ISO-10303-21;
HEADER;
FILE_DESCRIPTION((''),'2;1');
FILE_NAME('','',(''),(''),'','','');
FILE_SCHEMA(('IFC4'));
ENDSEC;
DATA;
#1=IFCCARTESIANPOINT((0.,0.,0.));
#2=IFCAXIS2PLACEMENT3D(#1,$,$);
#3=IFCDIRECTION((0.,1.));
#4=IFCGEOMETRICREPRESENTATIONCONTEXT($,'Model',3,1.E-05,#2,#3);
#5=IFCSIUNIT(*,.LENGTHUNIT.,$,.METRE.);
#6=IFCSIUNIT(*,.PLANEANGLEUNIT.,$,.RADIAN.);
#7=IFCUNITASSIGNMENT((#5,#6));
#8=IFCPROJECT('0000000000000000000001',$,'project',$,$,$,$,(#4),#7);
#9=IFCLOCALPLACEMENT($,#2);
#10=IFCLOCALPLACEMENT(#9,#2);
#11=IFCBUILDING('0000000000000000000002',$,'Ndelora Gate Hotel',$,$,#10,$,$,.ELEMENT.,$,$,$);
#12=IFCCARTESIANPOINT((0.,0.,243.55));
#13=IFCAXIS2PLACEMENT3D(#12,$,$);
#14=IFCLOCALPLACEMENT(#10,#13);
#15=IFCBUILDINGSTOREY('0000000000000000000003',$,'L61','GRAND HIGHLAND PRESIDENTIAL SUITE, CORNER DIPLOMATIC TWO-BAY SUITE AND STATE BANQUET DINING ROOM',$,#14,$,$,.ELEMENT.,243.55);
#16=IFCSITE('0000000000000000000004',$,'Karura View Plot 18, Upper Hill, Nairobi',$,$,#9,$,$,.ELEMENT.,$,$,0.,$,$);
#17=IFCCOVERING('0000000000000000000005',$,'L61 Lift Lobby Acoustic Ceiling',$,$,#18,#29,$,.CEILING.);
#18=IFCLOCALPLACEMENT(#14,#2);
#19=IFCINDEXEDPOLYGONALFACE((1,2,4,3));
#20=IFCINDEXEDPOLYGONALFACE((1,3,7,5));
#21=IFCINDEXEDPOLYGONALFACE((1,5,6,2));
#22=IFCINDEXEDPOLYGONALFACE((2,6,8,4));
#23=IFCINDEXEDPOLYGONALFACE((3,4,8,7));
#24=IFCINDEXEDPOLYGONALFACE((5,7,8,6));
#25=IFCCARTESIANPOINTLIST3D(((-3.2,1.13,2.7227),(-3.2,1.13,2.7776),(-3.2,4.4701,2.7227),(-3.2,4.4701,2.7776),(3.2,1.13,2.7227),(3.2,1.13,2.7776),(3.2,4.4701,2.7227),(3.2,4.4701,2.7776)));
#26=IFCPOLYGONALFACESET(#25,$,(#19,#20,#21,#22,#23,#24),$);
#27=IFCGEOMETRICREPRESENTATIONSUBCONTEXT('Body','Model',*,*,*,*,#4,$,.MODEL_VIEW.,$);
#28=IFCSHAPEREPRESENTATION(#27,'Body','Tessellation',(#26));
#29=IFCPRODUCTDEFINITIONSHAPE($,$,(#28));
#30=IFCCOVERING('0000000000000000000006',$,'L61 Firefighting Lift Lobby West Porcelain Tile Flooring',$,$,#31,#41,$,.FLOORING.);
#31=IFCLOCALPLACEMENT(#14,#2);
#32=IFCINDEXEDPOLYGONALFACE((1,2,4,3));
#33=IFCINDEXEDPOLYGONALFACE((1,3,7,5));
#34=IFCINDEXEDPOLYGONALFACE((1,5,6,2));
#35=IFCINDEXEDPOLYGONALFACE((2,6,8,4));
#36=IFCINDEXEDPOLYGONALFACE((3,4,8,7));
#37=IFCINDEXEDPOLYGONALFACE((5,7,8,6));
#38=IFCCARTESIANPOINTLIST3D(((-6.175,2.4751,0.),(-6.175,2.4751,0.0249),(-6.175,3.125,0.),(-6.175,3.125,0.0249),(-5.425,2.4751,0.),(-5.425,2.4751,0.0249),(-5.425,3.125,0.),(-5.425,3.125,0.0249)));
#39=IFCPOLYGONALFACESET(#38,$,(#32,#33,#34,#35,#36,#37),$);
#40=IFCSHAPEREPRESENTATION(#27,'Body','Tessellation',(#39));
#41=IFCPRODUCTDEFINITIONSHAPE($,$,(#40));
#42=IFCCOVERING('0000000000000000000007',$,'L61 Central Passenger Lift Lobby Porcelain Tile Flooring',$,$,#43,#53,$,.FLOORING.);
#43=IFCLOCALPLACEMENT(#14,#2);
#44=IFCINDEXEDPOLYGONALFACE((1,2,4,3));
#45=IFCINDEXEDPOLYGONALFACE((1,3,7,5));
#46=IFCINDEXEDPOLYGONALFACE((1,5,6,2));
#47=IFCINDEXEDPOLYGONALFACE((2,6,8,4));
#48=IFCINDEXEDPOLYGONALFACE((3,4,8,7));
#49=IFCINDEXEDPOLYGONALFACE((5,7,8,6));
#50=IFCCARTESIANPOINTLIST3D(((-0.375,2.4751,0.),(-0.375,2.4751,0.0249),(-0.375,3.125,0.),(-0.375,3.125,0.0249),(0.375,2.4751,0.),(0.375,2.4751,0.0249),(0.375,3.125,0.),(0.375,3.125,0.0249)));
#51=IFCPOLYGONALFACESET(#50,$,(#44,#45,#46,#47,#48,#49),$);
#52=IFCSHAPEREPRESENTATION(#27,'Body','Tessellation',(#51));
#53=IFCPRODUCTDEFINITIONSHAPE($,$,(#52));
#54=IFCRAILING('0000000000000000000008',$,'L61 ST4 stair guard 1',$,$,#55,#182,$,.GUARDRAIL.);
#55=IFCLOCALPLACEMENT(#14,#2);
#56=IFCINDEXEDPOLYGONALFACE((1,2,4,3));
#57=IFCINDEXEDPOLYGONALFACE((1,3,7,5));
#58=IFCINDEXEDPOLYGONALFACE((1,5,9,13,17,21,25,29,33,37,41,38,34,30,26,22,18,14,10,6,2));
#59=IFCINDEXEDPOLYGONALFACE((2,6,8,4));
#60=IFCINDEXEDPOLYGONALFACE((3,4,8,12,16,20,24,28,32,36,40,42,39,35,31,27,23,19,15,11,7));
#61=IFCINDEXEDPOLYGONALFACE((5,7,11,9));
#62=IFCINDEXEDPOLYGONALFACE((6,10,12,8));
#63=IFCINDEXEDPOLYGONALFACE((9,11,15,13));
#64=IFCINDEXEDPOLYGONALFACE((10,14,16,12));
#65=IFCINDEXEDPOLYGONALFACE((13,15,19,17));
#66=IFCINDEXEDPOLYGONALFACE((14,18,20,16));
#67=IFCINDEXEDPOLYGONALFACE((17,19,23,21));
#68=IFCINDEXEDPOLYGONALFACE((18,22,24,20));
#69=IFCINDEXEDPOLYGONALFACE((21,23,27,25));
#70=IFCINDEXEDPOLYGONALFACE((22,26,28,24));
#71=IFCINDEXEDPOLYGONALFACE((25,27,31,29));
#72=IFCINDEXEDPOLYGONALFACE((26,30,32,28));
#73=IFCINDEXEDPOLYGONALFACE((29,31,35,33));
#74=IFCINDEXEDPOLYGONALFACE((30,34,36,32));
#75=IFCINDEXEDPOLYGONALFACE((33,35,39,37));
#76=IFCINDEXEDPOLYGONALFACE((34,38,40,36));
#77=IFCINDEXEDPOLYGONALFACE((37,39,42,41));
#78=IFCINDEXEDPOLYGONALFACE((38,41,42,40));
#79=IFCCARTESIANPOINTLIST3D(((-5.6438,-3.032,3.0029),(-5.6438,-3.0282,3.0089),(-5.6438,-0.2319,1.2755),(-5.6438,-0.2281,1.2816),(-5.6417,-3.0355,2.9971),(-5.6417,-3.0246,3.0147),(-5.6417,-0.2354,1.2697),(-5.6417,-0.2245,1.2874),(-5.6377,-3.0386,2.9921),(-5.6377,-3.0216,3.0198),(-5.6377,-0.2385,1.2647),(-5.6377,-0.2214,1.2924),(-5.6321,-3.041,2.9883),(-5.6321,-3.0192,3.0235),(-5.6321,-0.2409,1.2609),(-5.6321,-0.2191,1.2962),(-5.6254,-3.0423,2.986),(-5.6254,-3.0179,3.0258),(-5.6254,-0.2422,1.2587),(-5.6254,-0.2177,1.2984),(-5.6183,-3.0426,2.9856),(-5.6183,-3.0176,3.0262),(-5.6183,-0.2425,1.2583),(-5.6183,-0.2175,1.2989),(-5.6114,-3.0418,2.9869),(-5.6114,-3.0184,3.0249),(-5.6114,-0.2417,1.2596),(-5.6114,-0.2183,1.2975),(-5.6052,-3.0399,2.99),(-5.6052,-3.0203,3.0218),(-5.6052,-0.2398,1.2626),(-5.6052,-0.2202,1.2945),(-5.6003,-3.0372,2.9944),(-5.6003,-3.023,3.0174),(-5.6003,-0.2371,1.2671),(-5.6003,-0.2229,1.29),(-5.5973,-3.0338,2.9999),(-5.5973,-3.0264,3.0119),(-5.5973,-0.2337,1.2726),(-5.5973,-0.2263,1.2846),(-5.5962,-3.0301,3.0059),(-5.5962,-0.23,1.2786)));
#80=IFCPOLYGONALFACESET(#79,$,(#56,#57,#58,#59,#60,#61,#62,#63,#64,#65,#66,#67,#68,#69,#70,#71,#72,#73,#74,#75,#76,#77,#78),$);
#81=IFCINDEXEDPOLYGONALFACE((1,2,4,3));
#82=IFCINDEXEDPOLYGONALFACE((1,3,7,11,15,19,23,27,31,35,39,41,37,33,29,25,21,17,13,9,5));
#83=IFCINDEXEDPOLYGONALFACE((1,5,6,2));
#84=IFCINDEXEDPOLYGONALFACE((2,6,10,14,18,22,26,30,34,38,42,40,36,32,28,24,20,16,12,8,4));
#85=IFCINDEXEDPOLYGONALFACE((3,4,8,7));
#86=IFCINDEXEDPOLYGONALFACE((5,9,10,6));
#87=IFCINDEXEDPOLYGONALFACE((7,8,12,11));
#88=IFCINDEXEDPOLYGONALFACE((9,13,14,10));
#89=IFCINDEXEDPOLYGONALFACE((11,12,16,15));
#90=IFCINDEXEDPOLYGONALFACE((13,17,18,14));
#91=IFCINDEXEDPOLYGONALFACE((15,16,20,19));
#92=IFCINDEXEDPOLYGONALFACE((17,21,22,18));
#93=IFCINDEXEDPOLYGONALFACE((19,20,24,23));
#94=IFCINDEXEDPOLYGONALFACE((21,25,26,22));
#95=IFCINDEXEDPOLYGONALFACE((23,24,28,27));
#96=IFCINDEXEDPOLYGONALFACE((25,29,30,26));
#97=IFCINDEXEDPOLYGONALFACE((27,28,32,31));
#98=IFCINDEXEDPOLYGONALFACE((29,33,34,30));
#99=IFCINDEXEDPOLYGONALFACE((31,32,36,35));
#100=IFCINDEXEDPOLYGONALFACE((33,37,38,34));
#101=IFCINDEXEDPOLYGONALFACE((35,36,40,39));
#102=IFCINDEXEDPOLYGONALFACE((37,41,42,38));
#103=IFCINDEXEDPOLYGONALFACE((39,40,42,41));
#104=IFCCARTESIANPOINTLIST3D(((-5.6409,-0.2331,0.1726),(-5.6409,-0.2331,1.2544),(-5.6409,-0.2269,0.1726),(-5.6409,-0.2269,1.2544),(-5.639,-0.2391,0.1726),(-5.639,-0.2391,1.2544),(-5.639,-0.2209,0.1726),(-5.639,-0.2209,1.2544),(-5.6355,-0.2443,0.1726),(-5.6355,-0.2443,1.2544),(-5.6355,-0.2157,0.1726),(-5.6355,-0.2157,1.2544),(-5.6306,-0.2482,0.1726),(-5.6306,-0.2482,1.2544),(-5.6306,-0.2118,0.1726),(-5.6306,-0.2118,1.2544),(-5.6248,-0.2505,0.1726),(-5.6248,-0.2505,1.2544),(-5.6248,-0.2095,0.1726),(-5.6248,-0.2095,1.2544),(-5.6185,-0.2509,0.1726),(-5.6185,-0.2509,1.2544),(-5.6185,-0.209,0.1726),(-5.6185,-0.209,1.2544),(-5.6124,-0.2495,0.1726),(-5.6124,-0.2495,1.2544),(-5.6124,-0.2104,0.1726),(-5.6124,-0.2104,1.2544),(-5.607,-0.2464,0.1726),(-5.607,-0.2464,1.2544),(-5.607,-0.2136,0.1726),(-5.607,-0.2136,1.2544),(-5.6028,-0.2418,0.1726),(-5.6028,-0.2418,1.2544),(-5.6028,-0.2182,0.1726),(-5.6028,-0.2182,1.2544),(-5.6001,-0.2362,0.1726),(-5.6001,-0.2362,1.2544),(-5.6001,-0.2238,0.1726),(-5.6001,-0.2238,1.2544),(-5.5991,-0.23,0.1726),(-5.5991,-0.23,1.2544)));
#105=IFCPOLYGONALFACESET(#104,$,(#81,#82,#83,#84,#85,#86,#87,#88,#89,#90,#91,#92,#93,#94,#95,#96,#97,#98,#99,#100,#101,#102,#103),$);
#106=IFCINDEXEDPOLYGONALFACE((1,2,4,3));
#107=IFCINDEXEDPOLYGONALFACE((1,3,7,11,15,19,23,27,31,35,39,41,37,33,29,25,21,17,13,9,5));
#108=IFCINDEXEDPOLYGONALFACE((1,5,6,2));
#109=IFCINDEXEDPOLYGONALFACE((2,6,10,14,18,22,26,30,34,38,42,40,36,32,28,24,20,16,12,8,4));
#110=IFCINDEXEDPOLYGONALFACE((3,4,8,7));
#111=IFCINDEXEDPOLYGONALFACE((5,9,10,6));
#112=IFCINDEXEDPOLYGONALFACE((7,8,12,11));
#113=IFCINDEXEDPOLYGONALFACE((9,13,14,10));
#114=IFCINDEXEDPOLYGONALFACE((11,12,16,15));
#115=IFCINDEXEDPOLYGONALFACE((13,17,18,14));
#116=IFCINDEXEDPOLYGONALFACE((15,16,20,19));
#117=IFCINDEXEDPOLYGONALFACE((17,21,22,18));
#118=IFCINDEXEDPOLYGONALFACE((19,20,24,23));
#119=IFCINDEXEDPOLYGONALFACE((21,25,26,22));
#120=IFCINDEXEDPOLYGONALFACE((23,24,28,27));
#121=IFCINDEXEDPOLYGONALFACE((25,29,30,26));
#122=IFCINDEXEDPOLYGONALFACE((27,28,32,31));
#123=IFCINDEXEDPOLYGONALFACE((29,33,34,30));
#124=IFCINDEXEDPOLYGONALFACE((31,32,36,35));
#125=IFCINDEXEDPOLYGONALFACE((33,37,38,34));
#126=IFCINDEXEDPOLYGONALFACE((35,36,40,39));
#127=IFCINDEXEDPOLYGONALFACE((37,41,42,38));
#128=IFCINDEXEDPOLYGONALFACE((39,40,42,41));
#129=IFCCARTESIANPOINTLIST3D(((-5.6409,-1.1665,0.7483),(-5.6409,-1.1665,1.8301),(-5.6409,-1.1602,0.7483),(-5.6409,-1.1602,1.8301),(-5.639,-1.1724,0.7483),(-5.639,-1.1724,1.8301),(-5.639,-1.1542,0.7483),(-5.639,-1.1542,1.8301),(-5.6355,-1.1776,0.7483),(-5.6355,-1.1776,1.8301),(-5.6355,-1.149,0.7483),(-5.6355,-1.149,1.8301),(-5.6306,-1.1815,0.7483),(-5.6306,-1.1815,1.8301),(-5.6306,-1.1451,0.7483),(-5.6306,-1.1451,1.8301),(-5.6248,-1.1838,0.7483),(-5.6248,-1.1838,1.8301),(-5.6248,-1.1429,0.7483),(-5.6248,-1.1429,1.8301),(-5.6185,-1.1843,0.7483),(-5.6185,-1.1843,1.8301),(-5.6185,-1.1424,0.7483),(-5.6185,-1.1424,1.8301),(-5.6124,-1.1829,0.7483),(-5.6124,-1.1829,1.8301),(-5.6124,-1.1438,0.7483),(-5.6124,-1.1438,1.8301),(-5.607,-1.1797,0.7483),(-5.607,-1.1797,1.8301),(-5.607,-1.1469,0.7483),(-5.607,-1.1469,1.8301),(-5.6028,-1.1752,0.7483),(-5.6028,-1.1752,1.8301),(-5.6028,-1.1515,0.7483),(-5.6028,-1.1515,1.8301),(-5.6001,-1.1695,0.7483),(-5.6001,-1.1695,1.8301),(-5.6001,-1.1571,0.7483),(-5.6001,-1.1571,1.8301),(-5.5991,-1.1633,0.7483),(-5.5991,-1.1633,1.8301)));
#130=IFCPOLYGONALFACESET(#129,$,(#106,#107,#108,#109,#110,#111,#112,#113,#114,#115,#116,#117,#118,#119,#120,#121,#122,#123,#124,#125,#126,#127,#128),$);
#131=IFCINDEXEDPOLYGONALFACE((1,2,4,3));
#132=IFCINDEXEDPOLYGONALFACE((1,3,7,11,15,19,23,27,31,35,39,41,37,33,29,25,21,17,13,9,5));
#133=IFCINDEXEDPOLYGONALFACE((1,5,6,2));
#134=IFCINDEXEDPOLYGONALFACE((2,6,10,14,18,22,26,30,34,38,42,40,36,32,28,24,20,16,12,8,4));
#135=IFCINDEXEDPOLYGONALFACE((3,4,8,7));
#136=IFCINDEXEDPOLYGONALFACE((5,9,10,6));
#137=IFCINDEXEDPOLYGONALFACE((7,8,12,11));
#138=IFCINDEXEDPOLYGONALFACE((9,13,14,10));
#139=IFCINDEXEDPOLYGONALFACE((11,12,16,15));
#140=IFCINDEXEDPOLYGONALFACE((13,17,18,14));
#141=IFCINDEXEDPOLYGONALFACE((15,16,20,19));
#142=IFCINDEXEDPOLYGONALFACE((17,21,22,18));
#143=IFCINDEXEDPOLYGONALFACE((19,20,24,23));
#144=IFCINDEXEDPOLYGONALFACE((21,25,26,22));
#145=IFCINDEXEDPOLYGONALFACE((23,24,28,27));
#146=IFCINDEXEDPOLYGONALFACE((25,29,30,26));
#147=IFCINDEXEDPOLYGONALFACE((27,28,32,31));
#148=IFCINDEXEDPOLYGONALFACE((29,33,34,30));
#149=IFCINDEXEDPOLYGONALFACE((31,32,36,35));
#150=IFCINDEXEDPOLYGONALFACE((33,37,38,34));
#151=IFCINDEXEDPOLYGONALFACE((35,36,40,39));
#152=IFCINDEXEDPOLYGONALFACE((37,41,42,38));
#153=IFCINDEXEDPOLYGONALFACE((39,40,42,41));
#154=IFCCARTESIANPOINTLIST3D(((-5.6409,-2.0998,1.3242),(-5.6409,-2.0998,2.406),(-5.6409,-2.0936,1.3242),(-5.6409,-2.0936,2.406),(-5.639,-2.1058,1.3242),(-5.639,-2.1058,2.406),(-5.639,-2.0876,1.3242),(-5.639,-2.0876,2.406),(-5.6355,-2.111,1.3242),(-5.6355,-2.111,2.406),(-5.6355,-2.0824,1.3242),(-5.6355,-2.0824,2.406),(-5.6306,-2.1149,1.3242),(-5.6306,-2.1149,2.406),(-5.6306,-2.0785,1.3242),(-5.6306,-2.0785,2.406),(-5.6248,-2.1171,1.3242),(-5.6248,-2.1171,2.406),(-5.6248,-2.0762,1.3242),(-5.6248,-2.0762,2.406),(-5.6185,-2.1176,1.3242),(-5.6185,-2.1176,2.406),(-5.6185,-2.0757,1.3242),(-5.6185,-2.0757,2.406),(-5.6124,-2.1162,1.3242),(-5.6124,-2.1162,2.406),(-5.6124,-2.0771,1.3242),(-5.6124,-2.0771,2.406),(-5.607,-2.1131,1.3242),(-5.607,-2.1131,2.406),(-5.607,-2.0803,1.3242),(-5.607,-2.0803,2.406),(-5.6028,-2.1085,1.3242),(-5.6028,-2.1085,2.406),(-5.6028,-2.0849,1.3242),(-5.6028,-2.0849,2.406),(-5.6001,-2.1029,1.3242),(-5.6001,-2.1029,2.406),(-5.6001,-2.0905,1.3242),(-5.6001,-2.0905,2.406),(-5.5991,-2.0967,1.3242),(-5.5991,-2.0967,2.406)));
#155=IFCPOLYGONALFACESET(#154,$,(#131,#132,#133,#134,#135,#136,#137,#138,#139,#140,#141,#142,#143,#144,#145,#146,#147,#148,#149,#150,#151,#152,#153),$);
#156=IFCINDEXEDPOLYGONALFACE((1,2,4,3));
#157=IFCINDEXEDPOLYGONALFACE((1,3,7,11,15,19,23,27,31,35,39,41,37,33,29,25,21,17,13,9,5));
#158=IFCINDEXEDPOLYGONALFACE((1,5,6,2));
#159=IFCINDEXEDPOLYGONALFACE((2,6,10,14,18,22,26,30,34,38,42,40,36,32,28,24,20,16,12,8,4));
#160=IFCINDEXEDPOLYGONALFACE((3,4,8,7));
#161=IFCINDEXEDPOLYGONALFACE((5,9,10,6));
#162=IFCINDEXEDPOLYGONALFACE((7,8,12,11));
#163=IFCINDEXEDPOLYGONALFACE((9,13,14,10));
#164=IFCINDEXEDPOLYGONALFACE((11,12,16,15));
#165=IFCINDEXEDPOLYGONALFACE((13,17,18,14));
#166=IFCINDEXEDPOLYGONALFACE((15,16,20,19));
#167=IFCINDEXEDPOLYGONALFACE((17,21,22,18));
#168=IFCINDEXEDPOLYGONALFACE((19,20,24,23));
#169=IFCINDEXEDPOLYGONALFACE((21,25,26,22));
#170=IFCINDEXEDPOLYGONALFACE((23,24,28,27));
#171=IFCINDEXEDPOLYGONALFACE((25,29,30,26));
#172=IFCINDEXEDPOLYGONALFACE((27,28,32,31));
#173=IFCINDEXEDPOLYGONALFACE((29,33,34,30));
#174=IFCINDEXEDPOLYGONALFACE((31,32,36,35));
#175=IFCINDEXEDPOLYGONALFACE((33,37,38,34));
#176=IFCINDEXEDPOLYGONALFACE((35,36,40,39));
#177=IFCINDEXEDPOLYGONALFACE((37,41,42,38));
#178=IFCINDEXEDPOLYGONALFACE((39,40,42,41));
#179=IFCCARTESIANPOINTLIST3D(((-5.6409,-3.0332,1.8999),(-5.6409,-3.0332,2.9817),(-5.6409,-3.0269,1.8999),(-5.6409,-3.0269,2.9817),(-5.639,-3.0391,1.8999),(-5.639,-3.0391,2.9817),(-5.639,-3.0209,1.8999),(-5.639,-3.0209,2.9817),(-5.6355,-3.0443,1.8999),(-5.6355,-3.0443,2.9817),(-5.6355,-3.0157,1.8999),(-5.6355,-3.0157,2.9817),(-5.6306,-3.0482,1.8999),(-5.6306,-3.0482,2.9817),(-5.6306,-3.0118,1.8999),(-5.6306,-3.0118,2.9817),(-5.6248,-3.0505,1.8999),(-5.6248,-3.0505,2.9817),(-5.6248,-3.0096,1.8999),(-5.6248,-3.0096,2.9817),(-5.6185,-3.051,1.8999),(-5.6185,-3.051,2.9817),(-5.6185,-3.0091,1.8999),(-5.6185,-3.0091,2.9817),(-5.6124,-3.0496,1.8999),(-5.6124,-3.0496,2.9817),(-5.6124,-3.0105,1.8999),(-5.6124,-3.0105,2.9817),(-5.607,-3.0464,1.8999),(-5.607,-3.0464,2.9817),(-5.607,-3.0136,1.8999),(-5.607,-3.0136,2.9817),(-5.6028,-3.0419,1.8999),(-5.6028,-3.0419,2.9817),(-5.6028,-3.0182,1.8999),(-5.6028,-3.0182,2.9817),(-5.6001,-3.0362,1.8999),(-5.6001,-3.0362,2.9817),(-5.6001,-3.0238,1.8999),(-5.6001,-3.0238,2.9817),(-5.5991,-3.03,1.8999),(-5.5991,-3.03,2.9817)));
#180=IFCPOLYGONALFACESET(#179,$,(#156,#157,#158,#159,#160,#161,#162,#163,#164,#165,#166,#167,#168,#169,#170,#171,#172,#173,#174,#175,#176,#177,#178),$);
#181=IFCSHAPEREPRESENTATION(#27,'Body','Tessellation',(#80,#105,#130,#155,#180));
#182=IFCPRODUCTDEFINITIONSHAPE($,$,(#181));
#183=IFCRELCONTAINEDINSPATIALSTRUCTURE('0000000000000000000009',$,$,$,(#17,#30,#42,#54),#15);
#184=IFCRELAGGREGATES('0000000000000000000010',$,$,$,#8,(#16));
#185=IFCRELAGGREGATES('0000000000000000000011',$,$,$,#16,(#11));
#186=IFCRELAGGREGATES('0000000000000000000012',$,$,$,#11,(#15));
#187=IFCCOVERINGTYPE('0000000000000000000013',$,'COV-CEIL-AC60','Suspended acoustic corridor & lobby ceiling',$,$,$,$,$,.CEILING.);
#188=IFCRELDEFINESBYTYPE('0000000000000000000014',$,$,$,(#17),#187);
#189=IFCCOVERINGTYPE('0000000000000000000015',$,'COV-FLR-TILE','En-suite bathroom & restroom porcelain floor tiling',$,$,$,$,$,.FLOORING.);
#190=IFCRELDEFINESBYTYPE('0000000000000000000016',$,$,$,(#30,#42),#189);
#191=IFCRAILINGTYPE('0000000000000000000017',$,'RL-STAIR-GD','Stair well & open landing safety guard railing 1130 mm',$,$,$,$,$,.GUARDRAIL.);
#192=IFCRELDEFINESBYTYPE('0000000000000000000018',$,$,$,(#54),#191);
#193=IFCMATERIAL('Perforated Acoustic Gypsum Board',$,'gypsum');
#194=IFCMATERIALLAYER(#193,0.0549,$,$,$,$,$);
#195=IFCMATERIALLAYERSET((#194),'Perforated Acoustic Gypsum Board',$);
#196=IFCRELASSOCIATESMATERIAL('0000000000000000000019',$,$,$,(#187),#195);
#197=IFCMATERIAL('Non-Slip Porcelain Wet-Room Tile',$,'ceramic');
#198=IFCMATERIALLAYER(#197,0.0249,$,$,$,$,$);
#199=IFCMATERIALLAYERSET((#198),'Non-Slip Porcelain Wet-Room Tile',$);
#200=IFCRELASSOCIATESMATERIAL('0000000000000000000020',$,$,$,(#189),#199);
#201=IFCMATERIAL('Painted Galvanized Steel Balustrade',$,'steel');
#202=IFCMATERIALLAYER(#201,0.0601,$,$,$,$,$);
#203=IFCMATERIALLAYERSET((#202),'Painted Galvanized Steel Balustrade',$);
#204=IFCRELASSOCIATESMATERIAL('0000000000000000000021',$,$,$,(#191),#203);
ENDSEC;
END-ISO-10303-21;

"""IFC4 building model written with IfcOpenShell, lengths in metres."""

from ifc_helpers import new_model, si_unit, direction, frame, origin, origin_2d, place, context, subcontext, project, spatial, rectangle, circle, extrude, material, layer, layer_set, type_object, element, save


model = new_model("IFC4")

# Units and contexts
model_context = context("Model", 3, precision=1e-05, world=origin(), true_north=direction((0.0, 1.0)))
body_context = subcontext(model_context, "Body", "Model", "MODEL_VIEW")
ifc_project = project(units=[si_unit("LENGTHUNIT", "METRE"), si_unit("PLANEANGLEUNIT", "RADIAN")], contexts=[model_context])

# Site, building, storey
site_placement = place(None, origin())
site = spatial("IfcSite", under=ifc_project, at=site_placement, Name="Karura View Plot 18, Upper Hill, Nairobi", CompositionType="ELEMENT", RefElevation=0.0)
building_placement = place(site_placement, origin())
building = spatial("IfcBuilding", under=site, at=building_placement, Name="Ndelora Gate Hotel", CompositionType="ELEMENT")
storey_placement = place(building_placement, frame((0.0, 0.0, 243.55)))
storey = spatial("IfcBuildingStorey", under=building, at=storey_placement, Name="L61", Description="GRAND HIGHLAND PRESIDENTIAL SUITE, CORNER DIPLOMATIC TWO-BAY SUITE AND STATE BANQUET DINING ROOM", CompositionType="ELEMENT", Elevation=243.55)

# Coverings
ifc_material_1 = material(Name="Perforated Acoustic Gypsum Board", Category="gypsum")
ifc_layer_1 = layer(ifc_material_1, 0.0549)
ifc_layer_set_1 = layer_set([ifc_layer_1], Name="Perforated Acoustic Gypsum Board")
covering_type_1 = type_object("IfcCoveringType", Name="COV-CEIL-AC60", Description="Suspended acoustic corridor & lobby ceiling", PredefinedType="CEILING", material=ifc_layer_set_1)
covering_placement = place(storey_placement, frame((0.0, 2.8, 2.7227), z_axis=(0.0, 0.0, 1.0), x_axis=(1.0, 0.0, 0.0)))
element("IfcCovering", 1, at=covering_placement, inside=storey, type_object=covering_type_1, Name="L61 Lift Lobby Acoustic Ceiling", PredefinedType="CEILING", context=body_context, shape_type="SweptSolid", body=[
    extrude(rectangle(XDim=6.3999, YDim=3.3401, at=origin_2d()), origin(), (0.0, 0.0, 1.0), 0.0549),
])
ifc_material_2 = material(Name="Non-Slip Porcelain Wet-Room Tile", Category="ceramic")
ifc_layer_2 = layer(ifc_material_2, 0.0249)
ifc_layer_set_2 = layer_set([ifc_layer_2], Name="Non-Slip Porcelain Wet-Room Tile")
covering_type_2 = type_object("IfcCoveringType", Name="COV-FLR-TILE", Description="En-suite bathroom & restroom porcelain floor tiling", PredefinedType="FLOORING", material=ifc_layer_set_2)
for number, where, z_axis, x_axis, name in (
    (2, (-5.8, 2.8, 0.0), (0.0, 0.0, 1.0), (1.0, 0.0, 0.0), "L61 Firefighting Lift Lobby West Porcelain Tile Flooring"),
    (3, (0.0, 2.8, 0.0), (0.0, 0.0, 1.0), (1.0, 0.0, 0.0), "L61 Central Passenger Lift Lobby Porcelain Tile Flooring"),
):
    element("IfcCovering", number, at=place(storey_placement, frame(where, z_axis=z_axis, x_axis=x_axis)), inside=storey, type_object=covering_type_2, Name=name, PredefinedType="FLOORING", context=body_context, shape_type="SweptSolid", body=[
        extrude(rectangle(XDim=0.75, YDim=0.6499, at=origin_2d()), origin(), (0.0, 0.0, 1.0), 0.0249),
    ])

# Railing
ifc_material_3 = material(Name="Painted Galvanized Steel Balustrade", Category="steel")
ifc_layer_3 = layer(ifc_material_3, 0.0601)
ifc_layer_set_3 = layer_set([ifc_layer_3], Name="Painted Galvanized Steel Balustrade")
railing_type = type_object("IfcRailingType", Name="RL-STAIR-GD", Description="Stair well & open landing safety guard railing 1130 mm", PredefinedType="GUARDRAIL", material=ifc_layer_set_3)
railing_1_placement = place(storey_placement, frame((-5.6201, -0.23, 0.1726)))
element("IfcRailing", 4, at=railing_1_placement, inside=storey, type_object=railing_type, Name="L61 ST4 stair guard 1", PredefinedType="GUARDRAIL", context=body_context, shape_type="SweptSolid", body=[
    extrude(circle(Radius=0.0239, at=origin_2d()), frame((0.0, 0.0, 1.106), z_axis=(0.0, -0.85109, 0.52502), x_axis=(1.0, 0.0, 0.0)), (0.0, 0.0, 1.0), 3.29),
    extrude(circle(Radius=0.021, at=origin_2d()), origin(), (0.0, 0.0, 1.0), 1.0818),
    extrude(circle(Radius=0.021, at=origin_2d()), frame((0.0, -0.9333, 0.5757)), (0.0, 0.0, 1.0), 1.0818),
    extrude(circle(Radius=0.021, at=origin_2d()), frame((0.0, -1.8667, 1.1516)), (0.0, 0.0, 1.0), 1.0818),
    extrude(circle(Radius=0.021, at=origin_2d()), frame((0.0, -2.8, 1.7273)), (0.0, 0.0, 1.0), 1.0818),
])

save(model, "model.ifc")
